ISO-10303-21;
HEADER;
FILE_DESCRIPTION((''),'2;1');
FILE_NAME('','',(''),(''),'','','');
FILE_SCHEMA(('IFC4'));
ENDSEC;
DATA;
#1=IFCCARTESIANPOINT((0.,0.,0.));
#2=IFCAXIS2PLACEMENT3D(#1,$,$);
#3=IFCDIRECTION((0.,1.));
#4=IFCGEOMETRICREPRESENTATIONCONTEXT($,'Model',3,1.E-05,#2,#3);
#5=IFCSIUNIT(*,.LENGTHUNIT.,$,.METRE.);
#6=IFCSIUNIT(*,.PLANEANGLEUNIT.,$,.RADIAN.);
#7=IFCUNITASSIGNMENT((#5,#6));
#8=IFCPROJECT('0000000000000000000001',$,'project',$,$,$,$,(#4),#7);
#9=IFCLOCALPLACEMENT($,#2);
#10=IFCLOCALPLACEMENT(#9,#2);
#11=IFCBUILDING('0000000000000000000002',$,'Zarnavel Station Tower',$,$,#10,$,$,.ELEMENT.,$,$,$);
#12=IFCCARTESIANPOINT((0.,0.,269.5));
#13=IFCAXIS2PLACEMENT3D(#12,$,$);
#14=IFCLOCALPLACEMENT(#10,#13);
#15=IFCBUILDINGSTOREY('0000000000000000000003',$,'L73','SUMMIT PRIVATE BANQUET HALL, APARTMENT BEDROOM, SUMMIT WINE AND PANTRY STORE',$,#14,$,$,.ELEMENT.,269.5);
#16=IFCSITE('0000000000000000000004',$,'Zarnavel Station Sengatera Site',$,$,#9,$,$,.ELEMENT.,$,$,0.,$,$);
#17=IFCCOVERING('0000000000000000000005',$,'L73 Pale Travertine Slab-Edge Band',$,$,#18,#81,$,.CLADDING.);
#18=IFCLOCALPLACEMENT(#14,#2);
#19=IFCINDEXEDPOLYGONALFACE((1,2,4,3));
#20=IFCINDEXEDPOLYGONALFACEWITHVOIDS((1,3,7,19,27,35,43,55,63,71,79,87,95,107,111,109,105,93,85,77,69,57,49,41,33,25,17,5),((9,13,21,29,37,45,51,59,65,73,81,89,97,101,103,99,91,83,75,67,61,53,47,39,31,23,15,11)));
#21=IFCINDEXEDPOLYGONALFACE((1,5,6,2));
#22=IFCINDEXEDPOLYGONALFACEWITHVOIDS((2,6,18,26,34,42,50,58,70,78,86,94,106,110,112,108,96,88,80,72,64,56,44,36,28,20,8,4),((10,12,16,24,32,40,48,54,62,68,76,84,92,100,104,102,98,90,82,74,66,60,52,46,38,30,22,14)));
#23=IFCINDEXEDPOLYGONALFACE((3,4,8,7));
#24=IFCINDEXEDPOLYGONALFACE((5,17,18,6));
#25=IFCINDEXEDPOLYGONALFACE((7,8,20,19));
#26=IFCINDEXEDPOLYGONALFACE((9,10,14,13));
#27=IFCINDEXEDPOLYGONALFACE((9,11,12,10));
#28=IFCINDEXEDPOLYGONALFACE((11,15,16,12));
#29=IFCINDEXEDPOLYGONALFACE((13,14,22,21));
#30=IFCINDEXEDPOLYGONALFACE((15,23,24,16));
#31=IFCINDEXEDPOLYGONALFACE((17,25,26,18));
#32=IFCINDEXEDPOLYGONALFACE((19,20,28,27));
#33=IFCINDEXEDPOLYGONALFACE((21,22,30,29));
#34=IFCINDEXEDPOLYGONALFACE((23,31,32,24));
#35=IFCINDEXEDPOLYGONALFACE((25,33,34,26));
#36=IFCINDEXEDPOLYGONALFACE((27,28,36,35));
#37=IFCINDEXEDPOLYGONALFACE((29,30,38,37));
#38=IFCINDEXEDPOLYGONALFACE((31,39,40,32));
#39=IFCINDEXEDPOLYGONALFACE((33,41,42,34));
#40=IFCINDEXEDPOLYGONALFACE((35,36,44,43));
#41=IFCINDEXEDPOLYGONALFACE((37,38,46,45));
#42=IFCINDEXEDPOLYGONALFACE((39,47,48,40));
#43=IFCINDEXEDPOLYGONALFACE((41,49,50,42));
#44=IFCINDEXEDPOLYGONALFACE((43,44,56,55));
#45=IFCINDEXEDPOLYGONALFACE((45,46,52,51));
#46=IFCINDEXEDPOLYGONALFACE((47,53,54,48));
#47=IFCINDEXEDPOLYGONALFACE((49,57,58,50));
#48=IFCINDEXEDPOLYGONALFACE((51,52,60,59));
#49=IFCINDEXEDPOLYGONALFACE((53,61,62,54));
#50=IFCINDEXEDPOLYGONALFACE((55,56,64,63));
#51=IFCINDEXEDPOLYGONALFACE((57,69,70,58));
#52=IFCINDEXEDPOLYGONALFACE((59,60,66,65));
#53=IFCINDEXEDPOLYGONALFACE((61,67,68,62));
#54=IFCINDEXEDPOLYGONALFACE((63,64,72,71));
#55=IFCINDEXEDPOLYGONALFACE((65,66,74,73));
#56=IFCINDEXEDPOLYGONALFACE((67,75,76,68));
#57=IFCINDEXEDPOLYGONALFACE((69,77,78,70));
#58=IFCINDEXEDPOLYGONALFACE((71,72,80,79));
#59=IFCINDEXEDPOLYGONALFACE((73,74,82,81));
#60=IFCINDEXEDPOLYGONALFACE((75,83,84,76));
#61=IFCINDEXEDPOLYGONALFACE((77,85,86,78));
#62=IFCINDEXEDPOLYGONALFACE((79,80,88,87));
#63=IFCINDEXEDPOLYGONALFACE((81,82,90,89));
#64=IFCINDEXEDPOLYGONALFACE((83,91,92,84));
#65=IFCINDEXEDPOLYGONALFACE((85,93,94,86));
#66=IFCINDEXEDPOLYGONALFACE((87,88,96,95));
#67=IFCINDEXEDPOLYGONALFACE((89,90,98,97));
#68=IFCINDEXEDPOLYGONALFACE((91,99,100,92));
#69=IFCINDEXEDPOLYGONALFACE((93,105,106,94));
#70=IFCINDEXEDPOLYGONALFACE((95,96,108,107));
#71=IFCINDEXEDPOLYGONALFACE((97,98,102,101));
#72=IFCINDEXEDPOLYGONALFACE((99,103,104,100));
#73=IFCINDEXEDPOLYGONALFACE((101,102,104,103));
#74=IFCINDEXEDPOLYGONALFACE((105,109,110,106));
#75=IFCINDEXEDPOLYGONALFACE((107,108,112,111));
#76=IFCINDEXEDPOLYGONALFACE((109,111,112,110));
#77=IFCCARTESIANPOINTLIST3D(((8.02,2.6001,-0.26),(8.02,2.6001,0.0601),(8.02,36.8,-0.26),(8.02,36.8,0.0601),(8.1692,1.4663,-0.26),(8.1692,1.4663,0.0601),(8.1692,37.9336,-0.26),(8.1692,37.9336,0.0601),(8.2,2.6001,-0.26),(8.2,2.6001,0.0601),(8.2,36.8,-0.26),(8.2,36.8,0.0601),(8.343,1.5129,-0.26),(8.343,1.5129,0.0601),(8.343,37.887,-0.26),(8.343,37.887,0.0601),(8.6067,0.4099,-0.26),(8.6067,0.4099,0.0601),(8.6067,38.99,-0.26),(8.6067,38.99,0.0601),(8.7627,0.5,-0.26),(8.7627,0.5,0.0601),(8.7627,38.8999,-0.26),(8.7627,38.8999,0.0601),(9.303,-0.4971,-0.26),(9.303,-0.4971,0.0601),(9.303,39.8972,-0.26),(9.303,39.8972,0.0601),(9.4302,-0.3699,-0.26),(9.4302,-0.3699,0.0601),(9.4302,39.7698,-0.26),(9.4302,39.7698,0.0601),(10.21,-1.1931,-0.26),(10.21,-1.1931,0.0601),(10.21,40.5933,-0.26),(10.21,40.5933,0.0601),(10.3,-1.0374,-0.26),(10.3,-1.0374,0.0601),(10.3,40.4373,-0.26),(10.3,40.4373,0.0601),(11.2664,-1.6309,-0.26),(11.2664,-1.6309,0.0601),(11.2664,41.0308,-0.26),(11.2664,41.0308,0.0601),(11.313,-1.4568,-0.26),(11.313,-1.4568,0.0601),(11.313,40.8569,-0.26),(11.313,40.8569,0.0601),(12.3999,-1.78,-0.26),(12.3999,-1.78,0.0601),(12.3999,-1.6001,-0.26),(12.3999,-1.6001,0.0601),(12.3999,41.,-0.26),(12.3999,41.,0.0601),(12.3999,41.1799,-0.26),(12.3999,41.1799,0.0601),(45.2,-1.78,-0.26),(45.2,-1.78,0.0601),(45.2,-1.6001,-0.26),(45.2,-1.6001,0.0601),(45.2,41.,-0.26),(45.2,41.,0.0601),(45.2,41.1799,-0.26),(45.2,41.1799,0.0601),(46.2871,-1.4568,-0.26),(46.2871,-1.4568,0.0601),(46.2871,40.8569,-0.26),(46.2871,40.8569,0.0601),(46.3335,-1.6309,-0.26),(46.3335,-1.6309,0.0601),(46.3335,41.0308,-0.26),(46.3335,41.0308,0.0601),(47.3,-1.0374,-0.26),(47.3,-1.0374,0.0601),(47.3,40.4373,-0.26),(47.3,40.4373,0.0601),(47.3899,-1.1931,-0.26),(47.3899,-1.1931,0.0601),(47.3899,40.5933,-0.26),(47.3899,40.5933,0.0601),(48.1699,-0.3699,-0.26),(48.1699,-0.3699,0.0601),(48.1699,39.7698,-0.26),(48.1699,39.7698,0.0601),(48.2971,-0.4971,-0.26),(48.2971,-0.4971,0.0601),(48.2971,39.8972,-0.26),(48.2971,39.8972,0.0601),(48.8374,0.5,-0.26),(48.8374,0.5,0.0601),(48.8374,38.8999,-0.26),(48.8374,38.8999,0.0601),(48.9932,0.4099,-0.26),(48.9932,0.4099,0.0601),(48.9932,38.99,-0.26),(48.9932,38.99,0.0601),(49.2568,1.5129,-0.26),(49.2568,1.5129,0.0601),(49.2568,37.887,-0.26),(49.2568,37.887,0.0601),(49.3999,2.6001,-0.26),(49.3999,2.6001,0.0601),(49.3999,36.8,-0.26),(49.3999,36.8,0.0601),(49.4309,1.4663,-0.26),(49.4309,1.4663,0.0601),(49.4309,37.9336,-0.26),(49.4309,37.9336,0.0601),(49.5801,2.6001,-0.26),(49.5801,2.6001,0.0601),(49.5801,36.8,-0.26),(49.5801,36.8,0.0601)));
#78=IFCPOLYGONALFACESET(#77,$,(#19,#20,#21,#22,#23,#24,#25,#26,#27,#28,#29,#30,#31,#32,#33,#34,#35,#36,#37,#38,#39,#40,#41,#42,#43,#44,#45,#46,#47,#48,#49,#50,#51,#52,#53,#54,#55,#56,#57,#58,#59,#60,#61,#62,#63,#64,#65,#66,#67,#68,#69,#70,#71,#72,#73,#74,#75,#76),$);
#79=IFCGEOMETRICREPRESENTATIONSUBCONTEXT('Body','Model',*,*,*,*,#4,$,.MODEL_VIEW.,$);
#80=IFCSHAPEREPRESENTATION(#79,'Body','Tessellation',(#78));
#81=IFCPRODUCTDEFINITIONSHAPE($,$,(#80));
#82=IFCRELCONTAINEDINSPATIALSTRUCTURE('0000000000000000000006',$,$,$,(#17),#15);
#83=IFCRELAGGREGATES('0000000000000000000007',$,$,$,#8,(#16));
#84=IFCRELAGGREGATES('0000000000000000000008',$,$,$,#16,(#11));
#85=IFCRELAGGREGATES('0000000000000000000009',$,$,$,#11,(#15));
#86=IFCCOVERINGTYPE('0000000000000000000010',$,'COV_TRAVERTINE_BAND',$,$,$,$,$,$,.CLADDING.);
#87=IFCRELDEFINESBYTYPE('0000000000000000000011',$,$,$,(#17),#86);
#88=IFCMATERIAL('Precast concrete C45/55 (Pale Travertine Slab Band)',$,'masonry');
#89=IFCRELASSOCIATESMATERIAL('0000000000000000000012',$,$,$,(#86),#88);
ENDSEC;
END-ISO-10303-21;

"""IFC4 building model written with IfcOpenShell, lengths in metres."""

from ifc_helpers import new_model, si_unit, direction, frame, origin, place, context, subcontext, project, spatial, polyline, outline, extrude, material, type_object, element, save


model = new_model("IFC4")

# Units and contexts
model_context = context("Model", 3, precision=1e-05, world=origin(), true_north=direction((0.0, 1.0)))
body_context = subcontext(model_context, "Body", "Model", "MODEL_VIEW")
ifc_project = project(units=[si_unit("LENGTHUNIT", "METRE"), si_unit("PLANEANGLEUNIT", "RADIAN")], contexts=[model_context])

# Site, building, storey
site_placement = place(None, origin())
site = spatial("IfcSite", under=ifc_project, at=site_placement, Name="Zarnavel Station Sengatera Site", CompositionType="ELEMENT", RefElevation=0.0)
building_placement = place(site_placement, origin())
building = spatial("IfcBuilding", under=site, at=building_placement, Name="Zarnavel Station Tower", CompositionType="ELEMENT")
storey_placement = place(building_placement, frame((0.0, 0.0, 269.5)))
storey = spatial("IfcBuildingStorey", under=building, at=storey_placement, Name="L73", Description="SUMMIT PRIVATE BANQUET HALL, APARTMENT BEDROOM, SUMMIT WINE AND PANTRY STORE", CompositionType="ELEMENT", Elevation=269.5)

# Covering
ifc_material_1 = material(Name="Precast concrete C45/55 (Pale Travertine Slab Band)", Category="masonry")
covering_type_1 = type_object("IfcCoveringType", Name="COV_TRAVERTINE_BAND", PredefinedType="CLADDING", material=ifc_material_1)
covering_1_placement = place(storey_placement, frame((0.0, 0.0, -0.26)))
element("IfcCovering", 1, at=covering_1_placement, inside=storey, type_object=covering_type_1, Name="L73 Pale Travertine Slab-Edge Band", PredefinedType="CLADDING", context=body_context, shape_type="SweptSolid", body=[
    extrude(outline(polyline([(45.2, -1.78), (46.3335, -1.6309), (47.3899, -1.1931), (48.2971, -0.4971), (48.9932, 0.4099), (49.4309, 1.4663), (49.5801, 2.6001), (49.5801, 36.8), (49.4309, 37.9336), (48.9932, 38.99), (48.2971, 39.8972), (47.3899, 40.5933), (46.3335, 41.0308), (45.2, 41.1799), (12.3999, 41.1799), (11.2664, 41.0308), (10.21, 40.5933), (9.303, 39.8972), (8.6067, 38.99), (8.1692, 37.9336), (8.02, 36.8), (8.02, 2.6001), (8.1692, 1.4663), (8.6067, 0.4099), (9.303, -0.4971), (10.21, -1.1931), (11.2664, -1.6309), (12.3999, -1.78), (45.2, -1.78)]), holes=[polyline([(45.2, -1.6001), (46.2871, -1.4568), (47.3, -1.0374), (48.1699, -0.3699), (48.8374, 0.5), (49.2568, 1.5129), (49.3999, 2.6001), (49.3999, 36.8), (49.2568, 37.887), (48.8374, 38.8999), (48.1699, 39.7698), (47.3, 40.4373), (46.2871, 40.8569), (45.2, 41.0), (12.3999, 41.0), (11.313, 40.8569), (10.3, 40.4373), (9.4302, 39.7698), (8.7627, 38.8999), (8.343, 37.887), (8.2, 36.8), (8.2, 2.6001), (8.343, 1.5129), (8.7627, 0.5), (9.4302, -0.3699), (10.3, -1.0374), (11.313, -1.4568), (12.3999, -1.6001), (45.2, -1.6001)])]), origin(), (0.0, 0.0, 1.0), 0.3201),
])

save(model, "model.ifc")
